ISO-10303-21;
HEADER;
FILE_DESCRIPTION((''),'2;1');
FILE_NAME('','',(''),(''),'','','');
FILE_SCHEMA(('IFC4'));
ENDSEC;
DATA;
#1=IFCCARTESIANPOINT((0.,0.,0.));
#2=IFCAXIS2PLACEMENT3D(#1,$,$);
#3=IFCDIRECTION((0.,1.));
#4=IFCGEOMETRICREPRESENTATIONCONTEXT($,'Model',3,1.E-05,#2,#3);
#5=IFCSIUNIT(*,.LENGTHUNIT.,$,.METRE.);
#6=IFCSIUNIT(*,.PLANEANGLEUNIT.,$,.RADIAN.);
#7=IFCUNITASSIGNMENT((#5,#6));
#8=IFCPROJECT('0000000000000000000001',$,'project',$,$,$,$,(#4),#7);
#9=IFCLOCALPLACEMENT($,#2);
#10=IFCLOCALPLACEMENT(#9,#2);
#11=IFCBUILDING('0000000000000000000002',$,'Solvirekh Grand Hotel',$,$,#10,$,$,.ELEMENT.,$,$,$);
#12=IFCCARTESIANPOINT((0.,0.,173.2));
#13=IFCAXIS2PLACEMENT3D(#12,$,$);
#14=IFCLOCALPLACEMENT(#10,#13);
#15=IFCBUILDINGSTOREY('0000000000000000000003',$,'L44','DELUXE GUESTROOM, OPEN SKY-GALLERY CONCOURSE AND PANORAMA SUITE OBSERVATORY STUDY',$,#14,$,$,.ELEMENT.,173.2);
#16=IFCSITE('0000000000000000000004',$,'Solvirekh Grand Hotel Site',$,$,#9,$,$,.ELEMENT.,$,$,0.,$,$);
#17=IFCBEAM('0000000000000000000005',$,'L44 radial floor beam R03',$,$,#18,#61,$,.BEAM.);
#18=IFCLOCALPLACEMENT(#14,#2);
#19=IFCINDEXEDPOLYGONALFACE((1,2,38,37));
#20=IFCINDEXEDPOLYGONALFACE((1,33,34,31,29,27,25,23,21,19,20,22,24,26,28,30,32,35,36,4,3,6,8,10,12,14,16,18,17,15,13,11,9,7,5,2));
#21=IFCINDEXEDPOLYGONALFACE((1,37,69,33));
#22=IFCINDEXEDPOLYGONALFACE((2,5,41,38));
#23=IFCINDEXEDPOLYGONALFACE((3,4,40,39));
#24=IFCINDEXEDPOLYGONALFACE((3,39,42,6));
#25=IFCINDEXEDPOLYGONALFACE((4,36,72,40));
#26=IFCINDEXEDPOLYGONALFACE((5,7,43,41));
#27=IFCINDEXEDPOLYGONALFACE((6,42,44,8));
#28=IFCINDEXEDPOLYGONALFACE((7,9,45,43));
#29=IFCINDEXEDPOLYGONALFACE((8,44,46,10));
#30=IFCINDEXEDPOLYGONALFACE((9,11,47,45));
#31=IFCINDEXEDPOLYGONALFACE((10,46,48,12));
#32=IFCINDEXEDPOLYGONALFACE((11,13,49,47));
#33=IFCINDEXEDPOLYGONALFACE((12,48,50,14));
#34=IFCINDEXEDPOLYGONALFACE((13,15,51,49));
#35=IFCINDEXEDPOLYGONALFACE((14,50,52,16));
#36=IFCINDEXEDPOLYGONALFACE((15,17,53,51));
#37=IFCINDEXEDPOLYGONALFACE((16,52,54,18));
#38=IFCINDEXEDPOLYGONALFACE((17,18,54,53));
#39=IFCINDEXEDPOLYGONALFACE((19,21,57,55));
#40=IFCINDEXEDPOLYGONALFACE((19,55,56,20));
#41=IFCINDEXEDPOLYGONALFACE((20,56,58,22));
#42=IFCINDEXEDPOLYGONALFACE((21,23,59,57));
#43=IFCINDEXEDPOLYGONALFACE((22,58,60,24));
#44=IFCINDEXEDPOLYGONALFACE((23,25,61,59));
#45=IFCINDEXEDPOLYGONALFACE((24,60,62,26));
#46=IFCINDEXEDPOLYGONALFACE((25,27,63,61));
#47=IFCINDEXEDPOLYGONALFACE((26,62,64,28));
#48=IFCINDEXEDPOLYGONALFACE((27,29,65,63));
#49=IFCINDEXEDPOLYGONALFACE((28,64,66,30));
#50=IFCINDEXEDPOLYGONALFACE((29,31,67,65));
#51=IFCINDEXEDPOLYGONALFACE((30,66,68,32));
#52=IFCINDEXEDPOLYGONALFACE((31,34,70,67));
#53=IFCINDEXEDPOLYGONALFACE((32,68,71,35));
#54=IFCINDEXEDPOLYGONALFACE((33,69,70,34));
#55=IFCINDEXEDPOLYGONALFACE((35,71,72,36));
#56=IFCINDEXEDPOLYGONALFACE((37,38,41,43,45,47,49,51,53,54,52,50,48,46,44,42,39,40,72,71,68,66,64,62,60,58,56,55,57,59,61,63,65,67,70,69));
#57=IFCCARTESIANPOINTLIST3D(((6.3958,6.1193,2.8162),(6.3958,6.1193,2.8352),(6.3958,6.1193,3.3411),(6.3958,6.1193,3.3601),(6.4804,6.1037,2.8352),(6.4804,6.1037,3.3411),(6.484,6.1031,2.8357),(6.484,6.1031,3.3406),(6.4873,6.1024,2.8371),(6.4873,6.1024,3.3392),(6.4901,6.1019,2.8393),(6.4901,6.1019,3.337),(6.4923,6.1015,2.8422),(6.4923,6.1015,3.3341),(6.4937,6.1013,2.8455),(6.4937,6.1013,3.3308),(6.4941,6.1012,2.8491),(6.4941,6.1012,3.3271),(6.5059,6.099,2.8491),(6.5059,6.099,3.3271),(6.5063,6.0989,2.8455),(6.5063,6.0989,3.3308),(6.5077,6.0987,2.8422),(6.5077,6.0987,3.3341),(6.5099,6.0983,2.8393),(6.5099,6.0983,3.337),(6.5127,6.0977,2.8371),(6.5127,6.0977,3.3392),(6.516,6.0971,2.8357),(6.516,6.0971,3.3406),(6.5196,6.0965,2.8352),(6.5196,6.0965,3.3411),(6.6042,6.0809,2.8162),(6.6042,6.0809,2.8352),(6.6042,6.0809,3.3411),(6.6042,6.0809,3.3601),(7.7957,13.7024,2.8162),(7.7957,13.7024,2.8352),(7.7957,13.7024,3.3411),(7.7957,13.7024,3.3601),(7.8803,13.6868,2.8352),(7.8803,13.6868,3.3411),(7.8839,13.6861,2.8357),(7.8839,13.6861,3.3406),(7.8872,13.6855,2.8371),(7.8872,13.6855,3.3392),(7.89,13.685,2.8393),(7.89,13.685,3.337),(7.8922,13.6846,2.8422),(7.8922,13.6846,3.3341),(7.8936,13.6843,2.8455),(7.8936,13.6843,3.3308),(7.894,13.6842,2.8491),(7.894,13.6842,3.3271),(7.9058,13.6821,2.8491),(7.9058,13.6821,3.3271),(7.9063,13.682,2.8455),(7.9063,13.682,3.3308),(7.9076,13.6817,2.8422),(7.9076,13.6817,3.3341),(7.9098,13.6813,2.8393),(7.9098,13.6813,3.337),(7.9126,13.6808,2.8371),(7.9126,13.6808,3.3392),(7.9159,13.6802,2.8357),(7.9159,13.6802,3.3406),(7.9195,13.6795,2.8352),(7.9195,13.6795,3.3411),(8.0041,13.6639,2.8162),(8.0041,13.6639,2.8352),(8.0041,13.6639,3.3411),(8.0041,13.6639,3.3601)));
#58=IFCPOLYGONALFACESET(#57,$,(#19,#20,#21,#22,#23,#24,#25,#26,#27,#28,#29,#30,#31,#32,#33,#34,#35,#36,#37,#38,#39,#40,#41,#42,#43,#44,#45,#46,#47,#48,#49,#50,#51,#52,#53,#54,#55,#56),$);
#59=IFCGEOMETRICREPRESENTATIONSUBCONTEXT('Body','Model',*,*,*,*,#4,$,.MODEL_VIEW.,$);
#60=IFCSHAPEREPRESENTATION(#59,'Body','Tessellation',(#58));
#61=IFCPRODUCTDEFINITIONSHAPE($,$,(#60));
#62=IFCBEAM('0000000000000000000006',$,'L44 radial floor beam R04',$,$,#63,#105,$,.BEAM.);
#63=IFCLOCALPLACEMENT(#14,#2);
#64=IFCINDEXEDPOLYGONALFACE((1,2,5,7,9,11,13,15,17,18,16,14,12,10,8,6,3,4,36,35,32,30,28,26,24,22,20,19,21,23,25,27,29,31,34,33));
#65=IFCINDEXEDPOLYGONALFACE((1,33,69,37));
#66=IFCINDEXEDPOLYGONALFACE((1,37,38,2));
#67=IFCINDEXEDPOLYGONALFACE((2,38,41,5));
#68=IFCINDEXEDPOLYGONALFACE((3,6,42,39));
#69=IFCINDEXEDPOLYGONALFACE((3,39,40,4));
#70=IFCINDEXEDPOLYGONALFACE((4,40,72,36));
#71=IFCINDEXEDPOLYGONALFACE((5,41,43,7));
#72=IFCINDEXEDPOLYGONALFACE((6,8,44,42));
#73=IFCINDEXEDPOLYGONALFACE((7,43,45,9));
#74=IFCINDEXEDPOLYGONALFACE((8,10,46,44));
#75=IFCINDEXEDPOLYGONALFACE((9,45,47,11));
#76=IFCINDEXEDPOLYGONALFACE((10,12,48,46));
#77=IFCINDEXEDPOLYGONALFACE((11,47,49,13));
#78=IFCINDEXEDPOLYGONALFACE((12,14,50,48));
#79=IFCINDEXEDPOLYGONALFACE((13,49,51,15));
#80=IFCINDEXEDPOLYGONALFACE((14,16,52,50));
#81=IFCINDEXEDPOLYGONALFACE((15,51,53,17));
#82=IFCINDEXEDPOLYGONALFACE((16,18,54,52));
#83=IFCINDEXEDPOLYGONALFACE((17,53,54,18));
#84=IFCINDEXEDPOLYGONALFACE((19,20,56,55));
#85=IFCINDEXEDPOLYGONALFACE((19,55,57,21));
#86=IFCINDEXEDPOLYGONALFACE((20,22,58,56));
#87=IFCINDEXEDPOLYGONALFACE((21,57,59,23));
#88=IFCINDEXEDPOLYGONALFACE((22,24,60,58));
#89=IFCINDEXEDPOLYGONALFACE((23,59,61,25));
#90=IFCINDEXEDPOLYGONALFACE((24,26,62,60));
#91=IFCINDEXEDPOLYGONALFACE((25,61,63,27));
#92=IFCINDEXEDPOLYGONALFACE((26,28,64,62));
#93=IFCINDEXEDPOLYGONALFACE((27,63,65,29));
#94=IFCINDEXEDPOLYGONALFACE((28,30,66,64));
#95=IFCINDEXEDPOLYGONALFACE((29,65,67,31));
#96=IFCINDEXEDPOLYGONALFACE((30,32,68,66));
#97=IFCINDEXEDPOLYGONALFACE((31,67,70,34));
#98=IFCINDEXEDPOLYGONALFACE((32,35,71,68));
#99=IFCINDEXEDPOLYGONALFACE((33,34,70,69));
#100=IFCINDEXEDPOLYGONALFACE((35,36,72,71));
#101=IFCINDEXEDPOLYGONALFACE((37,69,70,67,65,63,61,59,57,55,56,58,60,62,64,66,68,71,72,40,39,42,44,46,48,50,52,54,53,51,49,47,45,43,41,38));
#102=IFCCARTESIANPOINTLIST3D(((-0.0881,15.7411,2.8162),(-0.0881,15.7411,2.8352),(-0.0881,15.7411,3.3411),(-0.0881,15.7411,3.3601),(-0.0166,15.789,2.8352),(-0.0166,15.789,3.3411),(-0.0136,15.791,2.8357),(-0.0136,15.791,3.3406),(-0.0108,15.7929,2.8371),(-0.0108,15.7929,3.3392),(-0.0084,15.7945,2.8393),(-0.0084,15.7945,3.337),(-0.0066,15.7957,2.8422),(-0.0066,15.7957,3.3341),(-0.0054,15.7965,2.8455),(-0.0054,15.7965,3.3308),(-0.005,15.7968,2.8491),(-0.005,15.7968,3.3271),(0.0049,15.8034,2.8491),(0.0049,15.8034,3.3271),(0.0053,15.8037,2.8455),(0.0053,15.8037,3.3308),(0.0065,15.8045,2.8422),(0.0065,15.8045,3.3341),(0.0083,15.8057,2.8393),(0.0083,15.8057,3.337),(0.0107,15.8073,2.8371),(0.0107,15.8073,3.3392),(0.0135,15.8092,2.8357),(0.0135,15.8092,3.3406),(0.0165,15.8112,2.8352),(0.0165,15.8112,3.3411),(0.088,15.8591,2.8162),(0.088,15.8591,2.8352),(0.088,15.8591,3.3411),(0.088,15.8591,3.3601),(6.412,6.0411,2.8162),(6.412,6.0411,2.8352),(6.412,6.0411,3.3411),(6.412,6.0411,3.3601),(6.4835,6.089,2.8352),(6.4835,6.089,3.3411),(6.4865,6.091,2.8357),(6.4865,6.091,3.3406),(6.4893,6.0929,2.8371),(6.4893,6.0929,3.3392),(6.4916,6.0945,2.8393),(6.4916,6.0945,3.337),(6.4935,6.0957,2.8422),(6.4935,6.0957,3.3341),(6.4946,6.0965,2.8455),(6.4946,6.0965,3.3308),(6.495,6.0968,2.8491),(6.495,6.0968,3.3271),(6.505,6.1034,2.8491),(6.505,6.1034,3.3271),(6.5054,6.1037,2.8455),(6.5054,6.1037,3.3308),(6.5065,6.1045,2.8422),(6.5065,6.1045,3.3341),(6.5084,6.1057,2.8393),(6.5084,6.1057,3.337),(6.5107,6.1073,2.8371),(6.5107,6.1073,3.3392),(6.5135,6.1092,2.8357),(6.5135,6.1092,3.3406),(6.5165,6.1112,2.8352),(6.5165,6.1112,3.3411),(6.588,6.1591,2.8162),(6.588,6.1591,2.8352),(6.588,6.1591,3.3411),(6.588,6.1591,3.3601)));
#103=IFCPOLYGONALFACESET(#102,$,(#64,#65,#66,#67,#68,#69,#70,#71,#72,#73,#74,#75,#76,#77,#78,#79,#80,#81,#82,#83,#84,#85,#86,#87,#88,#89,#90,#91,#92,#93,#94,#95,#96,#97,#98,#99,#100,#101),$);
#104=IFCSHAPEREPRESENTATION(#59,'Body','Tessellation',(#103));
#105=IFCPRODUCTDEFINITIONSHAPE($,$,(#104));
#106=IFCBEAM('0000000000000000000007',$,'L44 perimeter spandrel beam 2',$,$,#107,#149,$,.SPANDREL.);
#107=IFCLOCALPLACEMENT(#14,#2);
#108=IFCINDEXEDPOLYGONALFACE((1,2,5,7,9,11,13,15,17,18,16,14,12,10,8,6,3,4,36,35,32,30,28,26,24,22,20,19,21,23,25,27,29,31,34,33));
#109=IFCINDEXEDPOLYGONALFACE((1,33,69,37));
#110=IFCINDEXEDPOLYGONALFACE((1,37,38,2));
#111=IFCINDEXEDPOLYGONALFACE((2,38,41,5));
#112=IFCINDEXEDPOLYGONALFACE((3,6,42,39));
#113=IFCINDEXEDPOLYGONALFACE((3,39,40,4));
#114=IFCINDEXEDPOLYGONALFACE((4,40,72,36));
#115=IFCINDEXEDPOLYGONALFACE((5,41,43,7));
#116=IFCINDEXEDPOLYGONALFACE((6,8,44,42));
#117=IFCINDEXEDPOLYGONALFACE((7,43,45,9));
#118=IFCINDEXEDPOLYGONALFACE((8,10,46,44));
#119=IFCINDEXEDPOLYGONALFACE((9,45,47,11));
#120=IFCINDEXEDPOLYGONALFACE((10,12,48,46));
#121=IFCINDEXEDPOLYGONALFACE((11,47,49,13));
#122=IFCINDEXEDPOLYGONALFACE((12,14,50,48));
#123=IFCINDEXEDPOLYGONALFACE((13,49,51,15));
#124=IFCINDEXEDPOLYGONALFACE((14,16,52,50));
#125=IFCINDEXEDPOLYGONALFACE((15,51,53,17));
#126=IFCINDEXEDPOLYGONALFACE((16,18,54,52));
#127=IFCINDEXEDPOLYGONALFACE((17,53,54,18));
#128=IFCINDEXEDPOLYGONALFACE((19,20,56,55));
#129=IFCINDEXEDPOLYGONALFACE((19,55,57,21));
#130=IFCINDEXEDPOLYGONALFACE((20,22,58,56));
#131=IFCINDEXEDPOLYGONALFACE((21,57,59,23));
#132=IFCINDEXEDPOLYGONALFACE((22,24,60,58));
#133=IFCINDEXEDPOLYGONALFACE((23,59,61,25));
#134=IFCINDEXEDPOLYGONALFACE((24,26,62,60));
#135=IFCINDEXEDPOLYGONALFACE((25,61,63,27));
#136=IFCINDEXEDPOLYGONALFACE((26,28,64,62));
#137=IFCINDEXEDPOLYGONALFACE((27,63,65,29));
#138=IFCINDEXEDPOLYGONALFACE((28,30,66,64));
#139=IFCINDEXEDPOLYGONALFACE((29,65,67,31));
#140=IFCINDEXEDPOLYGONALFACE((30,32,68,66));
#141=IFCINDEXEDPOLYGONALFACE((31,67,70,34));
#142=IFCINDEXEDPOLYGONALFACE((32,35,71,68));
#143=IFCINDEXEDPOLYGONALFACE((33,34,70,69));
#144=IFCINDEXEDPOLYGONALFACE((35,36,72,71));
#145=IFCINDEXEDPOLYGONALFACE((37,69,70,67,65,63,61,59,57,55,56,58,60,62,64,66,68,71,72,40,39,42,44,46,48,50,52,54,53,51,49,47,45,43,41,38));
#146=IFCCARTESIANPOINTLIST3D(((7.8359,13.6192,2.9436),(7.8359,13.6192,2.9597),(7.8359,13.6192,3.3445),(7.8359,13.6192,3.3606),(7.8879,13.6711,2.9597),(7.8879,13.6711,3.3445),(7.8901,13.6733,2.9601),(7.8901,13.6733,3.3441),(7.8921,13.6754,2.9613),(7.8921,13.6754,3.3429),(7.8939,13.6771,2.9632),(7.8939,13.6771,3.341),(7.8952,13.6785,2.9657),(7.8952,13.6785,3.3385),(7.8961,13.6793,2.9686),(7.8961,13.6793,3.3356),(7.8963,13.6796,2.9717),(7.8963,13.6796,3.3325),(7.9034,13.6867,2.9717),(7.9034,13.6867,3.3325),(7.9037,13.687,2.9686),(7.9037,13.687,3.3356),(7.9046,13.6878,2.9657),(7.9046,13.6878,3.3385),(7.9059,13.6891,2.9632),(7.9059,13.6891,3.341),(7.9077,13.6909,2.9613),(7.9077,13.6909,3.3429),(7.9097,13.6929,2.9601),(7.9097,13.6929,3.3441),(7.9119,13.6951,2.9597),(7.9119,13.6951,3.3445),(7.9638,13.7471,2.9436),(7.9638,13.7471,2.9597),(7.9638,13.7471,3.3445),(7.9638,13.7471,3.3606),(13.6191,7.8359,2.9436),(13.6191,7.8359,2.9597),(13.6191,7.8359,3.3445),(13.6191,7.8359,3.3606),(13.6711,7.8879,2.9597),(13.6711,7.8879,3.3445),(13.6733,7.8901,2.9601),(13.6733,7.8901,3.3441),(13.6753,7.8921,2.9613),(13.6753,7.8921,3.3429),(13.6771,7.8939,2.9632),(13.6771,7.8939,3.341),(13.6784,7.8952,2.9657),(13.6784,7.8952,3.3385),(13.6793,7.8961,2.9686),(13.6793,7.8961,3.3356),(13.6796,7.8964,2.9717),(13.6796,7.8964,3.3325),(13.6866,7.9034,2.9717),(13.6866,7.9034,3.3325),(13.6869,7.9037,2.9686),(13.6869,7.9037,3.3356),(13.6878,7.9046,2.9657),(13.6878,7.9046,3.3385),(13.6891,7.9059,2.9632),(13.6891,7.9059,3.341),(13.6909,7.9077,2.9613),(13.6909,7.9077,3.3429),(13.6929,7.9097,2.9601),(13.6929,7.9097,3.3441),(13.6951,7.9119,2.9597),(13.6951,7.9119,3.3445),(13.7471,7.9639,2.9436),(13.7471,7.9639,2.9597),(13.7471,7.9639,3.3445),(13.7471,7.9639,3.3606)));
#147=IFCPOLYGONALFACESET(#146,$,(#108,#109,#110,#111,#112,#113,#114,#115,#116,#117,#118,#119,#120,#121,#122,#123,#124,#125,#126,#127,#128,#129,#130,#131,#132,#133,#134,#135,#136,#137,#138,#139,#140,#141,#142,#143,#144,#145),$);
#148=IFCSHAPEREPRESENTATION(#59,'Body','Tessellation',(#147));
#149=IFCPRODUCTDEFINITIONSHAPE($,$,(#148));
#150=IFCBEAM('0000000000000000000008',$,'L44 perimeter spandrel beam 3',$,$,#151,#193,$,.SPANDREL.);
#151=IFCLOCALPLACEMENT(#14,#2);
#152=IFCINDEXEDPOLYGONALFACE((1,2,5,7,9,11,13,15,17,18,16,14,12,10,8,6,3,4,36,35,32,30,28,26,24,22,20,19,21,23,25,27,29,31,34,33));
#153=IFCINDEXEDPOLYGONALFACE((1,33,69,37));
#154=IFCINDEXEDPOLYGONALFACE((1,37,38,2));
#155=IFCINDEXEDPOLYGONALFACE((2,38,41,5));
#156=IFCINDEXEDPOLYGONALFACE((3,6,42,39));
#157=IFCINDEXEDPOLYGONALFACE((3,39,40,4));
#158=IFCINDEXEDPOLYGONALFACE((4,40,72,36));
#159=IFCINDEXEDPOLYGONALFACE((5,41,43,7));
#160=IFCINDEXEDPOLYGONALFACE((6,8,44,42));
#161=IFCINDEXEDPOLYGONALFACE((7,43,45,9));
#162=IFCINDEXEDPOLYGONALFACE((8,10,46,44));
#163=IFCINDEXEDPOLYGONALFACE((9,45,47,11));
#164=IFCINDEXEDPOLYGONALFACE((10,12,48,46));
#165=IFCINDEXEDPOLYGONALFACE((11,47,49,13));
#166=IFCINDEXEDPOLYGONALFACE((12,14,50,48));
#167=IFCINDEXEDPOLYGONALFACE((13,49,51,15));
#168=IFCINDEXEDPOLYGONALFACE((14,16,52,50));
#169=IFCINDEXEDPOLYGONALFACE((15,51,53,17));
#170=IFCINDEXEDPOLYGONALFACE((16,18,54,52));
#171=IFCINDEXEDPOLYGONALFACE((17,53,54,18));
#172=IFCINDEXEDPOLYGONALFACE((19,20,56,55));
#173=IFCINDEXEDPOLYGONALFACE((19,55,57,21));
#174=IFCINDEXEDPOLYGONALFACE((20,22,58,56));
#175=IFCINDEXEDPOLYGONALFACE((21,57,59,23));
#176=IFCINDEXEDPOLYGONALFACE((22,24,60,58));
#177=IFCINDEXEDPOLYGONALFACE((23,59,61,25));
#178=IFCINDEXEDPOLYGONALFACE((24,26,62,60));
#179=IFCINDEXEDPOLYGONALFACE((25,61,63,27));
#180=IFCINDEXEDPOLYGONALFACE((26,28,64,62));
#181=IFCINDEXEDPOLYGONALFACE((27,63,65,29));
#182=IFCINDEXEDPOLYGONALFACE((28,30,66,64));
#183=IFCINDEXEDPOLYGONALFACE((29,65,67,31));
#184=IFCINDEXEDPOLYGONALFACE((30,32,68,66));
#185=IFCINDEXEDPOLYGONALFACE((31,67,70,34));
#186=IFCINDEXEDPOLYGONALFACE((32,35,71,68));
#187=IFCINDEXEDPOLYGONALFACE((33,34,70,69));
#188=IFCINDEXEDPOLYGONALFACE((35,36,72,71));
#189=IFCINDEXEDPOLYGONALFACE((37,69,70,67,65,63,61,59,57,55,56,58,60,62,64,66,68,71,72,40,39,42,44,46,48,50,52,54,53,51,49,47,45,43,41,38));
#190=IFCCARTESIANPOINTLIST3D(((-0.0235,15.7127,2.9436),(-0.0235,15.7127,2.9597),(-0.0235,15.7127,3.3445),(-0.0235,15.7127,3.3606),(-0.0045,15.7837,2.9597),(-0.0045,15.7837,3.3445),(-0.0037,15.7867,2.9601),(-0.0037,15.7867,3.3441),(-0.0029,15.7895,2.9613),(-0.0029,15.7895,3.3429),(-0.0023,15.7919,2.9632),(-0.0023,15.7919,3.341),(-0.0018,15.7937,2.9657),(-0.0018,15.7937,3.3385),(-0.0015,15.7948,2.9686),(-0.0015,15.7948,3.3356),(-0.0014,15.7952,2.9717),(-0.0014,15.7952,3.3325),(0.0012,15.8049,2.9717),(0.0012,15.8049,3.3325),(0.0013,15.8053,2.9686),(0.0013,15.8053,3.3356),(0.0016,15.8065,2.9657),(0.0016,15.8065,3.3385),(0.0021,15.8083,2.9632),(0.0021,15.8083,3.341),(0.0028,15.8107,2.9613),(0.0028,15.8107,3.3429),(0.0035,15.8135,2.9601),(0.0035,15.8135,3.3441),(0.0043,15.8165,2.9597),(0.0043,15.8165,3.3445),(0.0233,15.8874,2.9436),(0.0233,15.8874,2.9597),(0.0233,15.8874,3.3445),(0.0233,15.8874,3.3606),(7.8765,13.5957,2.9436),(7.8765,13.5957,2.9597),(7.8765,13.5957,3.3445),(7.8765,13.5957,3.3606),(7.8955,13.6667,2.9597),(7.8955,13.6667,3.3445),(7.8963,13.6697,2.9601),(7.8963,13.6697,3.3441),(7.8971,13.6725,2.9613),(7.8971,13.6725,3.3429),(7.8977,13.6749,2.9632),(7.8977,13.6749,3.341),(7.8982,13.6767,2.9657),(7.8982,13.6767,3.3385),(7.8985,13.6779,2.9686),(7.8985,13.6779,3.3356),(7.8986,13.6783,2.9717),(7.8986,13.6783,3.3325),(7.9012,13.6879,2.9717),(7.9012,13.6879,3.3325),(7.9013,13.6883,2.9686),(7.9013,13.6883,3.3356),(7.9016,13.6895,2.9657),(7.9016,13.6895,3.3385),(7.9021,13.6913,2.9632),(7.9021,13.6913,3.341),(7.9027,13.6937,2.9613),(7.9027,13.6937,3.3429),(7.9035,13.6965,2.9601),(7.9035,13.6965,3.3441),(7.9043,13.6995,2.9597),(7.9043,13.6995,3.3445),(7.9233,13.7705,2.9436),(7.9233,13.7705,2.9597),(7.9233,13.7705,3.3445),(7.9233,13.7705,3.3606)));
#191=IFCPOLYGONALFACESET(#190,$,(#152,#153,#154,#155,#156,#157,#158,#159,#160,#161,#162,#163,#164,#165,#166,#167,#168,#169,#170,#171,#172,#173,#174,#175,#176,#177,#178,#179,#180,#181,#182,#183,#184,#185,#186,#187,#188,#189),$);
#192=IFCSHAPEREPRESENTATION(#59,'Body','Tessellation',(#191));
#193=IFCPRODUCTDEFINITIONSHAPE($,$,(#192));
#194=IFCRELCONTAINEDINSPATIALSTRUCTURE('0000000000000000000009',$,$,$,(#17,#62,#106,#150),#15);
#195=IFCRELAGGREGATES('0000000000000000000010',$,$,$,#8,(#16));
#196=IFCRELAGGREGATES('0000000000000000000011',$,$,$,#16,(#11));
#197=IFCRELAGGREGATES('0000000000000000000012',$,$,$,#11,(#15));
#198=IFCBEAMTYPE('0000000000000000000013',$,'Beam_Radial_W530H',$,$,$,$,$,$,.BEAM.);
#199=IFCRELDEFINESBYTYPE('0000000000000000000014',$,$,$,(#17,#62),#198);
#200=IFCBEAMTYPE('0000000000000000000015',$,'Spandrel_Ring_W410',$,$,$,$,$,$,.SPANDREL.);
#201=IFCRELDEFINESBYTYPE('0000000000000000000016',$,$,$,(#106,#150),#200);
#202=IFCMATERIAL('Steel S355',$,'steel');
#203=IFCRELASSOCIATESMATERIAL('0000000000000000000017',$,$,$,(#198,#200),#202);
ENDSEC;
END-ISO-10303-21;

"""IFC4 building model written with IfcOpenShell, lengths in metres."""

from ifc_helpers import new_model, si_unit, direction, frame, origin, origin_2d, place, context, subcontext, project, spatial, i_section, extrude, material, material_profile, profile_set, type_object, element, save


model = new_model("IFC4")

# Units and contexts
model_context = context("Model", 3, precision=1e-05, world=origin(), true_north=direction((0.0, 1.0)))
body_context = subcontext(model_context, "Body", "Model", "MODEL_VIEW")
ifc_project = project(units=[si_unit("LENGTHUNIT", "METRE"), si_unit("PLANEANGLEUNIT", "RADIAN")], contexts=[model_context])

# Site, building, storey
site_placement = place(None, origin())
site = spatial("IfcSite", under=ifc_project, at=site_placement, Name="Solvirekh Grand Hotel Site", CompositionType="ELEMENT", RefElevation=0.0)
building_placement = place(site_placement, origin())
building = spatial("IfcBuilding", under=site, at=building_placement, Name="Solvirekh Grand Hotel", CompositionType="ELEMENT")
storey_placement = place(building_placement, frame((0.0, 0.0, 173.2)))
storey = spatial("IfcBuildingStorey", under=building, at=storey_placement, Name="L44", Description="DELUXE GUESTROOM, OPEN SKY-GALLERY CONCOURSE AND PANORAMA SUITE OBSERVATORY STUDY", CompositionType="ELEMENT", Elevation=173.2)

# Beams
ifc_material_1 = material(Name="Steel S355", Category="steel")
ifc_material_profile_1 = material_profile(ifc_material_1, i_section(OverallWidth=0.2119, OverallDepth=0.5439, WebThickness=0.012, FlangeThickness=0.019, FilletRadius=0.0139, at=origin_2d()), Name="W530X123")
ifc_profile_set_1 = profile_set([ifc_material_profile_1], Name="Steel S355")
beam_type_1 = type_object("IfcBeamType", Name="Beam_Radial_W530H", PredefinedType="BEAM", material=ifc_profile_set_1)
beam_1_placement = place(storey_placement, frame((6.5, 6.1001, 3.0881), z_axis=(0.181543, 0.983383, 0.0), x_axis=(-0.983383, 0.181543, 0.0)))
element("IfcBeam", 1, at=beam_1_placement, inside=storey, type_object=beam_type_1, Name="L44 radial floor beam R03", PredefinedType="BEAM", context=body_context, shape_type="SweptSolid", body=[
    extrude(i_section(OverallWidth=0.2119, OverallDepth=0.5439, WebThickness=0.012, FlangeThickness=0.019, FilletRadius=0.0139, at=origin_2d()), origin(), (0.0, 0.0, 1.0), 7.7112),
])
beam_2_placement = place(storey_placement, frame((6.5, 6.1001, 3.0881), z_axis=(-0.556677, 0.830729, 0.0), x_axis=(-0.830729, -0.556677, 0.0)))
element("IfcBeam", 2, at=beam_2_placement, inside=storey, type_object=beam_type_1, Name="L44 radial floor beam R04", PredefinedType="BEAM", context=body_context, shape_type="SweptSolid", body=[
    extrude(i_section(OverallWidth=0.2119, OverallDepth=0.5439, WebThickness=0.012, FlangeThickness=0.019, FilletRadius=0.0139, at=origin_2d()), origin(), (0.0, 0.0, 1.0), 11.6765),
])
ifc_material_profile_2 = material_profile(ifc_material_1, i_section(OverallWidth=0.1809, OverallDepth=0.417, WebThickness=0.01, FlangeThickness=0.0161, FilletRadius=0.012, at=origin_2d()), Name="W410X85")
ifc_profile_set_2 = profile_set([ifc_material_profile_2], Name="Steel S355")
beam_type_2 = type_object("IfcBeamType", Name="Spandrel_Ring_W410", PredefinedType="SPANDREL", material=ifc_profile_set_2)
for number, where, z_axis, x_axis, name in (
    (3, (13.6831, 7.8999, 3.1521), (-0.707107, 0.707107, 0.0), (-0.707107, -0.707107, 0.0), "L44 perimeter spandrel beam 2"),
    (4, (7.8999, 13.6831, 3.1521), (-0.965921, 0.258839, 0.0), (-0.258839, -0.965921, 0.0), "L44 perimeter spandrel beam 3"),
):
    element("IfcBeam", number, at=place(storey_placement, frame(where, z_axis=z_axis, x_axis=x_axis)), inside=storey, type_object=beam_type_2, Name=name, PredefinedType="SPANDREL", context=body_context, shape_type="SweptSolid", body=[
        extrude(i_section(OverallWidth=0.1809, OverallDepth=0.417, WebThickness=0.01, FlangeThickness=0.0161, FilletRadius=0.012, at=origin_2d()), origin(), (0.0, 0.0, 1.0), 8.1787),
    ])

save(model, "model.ifc")
